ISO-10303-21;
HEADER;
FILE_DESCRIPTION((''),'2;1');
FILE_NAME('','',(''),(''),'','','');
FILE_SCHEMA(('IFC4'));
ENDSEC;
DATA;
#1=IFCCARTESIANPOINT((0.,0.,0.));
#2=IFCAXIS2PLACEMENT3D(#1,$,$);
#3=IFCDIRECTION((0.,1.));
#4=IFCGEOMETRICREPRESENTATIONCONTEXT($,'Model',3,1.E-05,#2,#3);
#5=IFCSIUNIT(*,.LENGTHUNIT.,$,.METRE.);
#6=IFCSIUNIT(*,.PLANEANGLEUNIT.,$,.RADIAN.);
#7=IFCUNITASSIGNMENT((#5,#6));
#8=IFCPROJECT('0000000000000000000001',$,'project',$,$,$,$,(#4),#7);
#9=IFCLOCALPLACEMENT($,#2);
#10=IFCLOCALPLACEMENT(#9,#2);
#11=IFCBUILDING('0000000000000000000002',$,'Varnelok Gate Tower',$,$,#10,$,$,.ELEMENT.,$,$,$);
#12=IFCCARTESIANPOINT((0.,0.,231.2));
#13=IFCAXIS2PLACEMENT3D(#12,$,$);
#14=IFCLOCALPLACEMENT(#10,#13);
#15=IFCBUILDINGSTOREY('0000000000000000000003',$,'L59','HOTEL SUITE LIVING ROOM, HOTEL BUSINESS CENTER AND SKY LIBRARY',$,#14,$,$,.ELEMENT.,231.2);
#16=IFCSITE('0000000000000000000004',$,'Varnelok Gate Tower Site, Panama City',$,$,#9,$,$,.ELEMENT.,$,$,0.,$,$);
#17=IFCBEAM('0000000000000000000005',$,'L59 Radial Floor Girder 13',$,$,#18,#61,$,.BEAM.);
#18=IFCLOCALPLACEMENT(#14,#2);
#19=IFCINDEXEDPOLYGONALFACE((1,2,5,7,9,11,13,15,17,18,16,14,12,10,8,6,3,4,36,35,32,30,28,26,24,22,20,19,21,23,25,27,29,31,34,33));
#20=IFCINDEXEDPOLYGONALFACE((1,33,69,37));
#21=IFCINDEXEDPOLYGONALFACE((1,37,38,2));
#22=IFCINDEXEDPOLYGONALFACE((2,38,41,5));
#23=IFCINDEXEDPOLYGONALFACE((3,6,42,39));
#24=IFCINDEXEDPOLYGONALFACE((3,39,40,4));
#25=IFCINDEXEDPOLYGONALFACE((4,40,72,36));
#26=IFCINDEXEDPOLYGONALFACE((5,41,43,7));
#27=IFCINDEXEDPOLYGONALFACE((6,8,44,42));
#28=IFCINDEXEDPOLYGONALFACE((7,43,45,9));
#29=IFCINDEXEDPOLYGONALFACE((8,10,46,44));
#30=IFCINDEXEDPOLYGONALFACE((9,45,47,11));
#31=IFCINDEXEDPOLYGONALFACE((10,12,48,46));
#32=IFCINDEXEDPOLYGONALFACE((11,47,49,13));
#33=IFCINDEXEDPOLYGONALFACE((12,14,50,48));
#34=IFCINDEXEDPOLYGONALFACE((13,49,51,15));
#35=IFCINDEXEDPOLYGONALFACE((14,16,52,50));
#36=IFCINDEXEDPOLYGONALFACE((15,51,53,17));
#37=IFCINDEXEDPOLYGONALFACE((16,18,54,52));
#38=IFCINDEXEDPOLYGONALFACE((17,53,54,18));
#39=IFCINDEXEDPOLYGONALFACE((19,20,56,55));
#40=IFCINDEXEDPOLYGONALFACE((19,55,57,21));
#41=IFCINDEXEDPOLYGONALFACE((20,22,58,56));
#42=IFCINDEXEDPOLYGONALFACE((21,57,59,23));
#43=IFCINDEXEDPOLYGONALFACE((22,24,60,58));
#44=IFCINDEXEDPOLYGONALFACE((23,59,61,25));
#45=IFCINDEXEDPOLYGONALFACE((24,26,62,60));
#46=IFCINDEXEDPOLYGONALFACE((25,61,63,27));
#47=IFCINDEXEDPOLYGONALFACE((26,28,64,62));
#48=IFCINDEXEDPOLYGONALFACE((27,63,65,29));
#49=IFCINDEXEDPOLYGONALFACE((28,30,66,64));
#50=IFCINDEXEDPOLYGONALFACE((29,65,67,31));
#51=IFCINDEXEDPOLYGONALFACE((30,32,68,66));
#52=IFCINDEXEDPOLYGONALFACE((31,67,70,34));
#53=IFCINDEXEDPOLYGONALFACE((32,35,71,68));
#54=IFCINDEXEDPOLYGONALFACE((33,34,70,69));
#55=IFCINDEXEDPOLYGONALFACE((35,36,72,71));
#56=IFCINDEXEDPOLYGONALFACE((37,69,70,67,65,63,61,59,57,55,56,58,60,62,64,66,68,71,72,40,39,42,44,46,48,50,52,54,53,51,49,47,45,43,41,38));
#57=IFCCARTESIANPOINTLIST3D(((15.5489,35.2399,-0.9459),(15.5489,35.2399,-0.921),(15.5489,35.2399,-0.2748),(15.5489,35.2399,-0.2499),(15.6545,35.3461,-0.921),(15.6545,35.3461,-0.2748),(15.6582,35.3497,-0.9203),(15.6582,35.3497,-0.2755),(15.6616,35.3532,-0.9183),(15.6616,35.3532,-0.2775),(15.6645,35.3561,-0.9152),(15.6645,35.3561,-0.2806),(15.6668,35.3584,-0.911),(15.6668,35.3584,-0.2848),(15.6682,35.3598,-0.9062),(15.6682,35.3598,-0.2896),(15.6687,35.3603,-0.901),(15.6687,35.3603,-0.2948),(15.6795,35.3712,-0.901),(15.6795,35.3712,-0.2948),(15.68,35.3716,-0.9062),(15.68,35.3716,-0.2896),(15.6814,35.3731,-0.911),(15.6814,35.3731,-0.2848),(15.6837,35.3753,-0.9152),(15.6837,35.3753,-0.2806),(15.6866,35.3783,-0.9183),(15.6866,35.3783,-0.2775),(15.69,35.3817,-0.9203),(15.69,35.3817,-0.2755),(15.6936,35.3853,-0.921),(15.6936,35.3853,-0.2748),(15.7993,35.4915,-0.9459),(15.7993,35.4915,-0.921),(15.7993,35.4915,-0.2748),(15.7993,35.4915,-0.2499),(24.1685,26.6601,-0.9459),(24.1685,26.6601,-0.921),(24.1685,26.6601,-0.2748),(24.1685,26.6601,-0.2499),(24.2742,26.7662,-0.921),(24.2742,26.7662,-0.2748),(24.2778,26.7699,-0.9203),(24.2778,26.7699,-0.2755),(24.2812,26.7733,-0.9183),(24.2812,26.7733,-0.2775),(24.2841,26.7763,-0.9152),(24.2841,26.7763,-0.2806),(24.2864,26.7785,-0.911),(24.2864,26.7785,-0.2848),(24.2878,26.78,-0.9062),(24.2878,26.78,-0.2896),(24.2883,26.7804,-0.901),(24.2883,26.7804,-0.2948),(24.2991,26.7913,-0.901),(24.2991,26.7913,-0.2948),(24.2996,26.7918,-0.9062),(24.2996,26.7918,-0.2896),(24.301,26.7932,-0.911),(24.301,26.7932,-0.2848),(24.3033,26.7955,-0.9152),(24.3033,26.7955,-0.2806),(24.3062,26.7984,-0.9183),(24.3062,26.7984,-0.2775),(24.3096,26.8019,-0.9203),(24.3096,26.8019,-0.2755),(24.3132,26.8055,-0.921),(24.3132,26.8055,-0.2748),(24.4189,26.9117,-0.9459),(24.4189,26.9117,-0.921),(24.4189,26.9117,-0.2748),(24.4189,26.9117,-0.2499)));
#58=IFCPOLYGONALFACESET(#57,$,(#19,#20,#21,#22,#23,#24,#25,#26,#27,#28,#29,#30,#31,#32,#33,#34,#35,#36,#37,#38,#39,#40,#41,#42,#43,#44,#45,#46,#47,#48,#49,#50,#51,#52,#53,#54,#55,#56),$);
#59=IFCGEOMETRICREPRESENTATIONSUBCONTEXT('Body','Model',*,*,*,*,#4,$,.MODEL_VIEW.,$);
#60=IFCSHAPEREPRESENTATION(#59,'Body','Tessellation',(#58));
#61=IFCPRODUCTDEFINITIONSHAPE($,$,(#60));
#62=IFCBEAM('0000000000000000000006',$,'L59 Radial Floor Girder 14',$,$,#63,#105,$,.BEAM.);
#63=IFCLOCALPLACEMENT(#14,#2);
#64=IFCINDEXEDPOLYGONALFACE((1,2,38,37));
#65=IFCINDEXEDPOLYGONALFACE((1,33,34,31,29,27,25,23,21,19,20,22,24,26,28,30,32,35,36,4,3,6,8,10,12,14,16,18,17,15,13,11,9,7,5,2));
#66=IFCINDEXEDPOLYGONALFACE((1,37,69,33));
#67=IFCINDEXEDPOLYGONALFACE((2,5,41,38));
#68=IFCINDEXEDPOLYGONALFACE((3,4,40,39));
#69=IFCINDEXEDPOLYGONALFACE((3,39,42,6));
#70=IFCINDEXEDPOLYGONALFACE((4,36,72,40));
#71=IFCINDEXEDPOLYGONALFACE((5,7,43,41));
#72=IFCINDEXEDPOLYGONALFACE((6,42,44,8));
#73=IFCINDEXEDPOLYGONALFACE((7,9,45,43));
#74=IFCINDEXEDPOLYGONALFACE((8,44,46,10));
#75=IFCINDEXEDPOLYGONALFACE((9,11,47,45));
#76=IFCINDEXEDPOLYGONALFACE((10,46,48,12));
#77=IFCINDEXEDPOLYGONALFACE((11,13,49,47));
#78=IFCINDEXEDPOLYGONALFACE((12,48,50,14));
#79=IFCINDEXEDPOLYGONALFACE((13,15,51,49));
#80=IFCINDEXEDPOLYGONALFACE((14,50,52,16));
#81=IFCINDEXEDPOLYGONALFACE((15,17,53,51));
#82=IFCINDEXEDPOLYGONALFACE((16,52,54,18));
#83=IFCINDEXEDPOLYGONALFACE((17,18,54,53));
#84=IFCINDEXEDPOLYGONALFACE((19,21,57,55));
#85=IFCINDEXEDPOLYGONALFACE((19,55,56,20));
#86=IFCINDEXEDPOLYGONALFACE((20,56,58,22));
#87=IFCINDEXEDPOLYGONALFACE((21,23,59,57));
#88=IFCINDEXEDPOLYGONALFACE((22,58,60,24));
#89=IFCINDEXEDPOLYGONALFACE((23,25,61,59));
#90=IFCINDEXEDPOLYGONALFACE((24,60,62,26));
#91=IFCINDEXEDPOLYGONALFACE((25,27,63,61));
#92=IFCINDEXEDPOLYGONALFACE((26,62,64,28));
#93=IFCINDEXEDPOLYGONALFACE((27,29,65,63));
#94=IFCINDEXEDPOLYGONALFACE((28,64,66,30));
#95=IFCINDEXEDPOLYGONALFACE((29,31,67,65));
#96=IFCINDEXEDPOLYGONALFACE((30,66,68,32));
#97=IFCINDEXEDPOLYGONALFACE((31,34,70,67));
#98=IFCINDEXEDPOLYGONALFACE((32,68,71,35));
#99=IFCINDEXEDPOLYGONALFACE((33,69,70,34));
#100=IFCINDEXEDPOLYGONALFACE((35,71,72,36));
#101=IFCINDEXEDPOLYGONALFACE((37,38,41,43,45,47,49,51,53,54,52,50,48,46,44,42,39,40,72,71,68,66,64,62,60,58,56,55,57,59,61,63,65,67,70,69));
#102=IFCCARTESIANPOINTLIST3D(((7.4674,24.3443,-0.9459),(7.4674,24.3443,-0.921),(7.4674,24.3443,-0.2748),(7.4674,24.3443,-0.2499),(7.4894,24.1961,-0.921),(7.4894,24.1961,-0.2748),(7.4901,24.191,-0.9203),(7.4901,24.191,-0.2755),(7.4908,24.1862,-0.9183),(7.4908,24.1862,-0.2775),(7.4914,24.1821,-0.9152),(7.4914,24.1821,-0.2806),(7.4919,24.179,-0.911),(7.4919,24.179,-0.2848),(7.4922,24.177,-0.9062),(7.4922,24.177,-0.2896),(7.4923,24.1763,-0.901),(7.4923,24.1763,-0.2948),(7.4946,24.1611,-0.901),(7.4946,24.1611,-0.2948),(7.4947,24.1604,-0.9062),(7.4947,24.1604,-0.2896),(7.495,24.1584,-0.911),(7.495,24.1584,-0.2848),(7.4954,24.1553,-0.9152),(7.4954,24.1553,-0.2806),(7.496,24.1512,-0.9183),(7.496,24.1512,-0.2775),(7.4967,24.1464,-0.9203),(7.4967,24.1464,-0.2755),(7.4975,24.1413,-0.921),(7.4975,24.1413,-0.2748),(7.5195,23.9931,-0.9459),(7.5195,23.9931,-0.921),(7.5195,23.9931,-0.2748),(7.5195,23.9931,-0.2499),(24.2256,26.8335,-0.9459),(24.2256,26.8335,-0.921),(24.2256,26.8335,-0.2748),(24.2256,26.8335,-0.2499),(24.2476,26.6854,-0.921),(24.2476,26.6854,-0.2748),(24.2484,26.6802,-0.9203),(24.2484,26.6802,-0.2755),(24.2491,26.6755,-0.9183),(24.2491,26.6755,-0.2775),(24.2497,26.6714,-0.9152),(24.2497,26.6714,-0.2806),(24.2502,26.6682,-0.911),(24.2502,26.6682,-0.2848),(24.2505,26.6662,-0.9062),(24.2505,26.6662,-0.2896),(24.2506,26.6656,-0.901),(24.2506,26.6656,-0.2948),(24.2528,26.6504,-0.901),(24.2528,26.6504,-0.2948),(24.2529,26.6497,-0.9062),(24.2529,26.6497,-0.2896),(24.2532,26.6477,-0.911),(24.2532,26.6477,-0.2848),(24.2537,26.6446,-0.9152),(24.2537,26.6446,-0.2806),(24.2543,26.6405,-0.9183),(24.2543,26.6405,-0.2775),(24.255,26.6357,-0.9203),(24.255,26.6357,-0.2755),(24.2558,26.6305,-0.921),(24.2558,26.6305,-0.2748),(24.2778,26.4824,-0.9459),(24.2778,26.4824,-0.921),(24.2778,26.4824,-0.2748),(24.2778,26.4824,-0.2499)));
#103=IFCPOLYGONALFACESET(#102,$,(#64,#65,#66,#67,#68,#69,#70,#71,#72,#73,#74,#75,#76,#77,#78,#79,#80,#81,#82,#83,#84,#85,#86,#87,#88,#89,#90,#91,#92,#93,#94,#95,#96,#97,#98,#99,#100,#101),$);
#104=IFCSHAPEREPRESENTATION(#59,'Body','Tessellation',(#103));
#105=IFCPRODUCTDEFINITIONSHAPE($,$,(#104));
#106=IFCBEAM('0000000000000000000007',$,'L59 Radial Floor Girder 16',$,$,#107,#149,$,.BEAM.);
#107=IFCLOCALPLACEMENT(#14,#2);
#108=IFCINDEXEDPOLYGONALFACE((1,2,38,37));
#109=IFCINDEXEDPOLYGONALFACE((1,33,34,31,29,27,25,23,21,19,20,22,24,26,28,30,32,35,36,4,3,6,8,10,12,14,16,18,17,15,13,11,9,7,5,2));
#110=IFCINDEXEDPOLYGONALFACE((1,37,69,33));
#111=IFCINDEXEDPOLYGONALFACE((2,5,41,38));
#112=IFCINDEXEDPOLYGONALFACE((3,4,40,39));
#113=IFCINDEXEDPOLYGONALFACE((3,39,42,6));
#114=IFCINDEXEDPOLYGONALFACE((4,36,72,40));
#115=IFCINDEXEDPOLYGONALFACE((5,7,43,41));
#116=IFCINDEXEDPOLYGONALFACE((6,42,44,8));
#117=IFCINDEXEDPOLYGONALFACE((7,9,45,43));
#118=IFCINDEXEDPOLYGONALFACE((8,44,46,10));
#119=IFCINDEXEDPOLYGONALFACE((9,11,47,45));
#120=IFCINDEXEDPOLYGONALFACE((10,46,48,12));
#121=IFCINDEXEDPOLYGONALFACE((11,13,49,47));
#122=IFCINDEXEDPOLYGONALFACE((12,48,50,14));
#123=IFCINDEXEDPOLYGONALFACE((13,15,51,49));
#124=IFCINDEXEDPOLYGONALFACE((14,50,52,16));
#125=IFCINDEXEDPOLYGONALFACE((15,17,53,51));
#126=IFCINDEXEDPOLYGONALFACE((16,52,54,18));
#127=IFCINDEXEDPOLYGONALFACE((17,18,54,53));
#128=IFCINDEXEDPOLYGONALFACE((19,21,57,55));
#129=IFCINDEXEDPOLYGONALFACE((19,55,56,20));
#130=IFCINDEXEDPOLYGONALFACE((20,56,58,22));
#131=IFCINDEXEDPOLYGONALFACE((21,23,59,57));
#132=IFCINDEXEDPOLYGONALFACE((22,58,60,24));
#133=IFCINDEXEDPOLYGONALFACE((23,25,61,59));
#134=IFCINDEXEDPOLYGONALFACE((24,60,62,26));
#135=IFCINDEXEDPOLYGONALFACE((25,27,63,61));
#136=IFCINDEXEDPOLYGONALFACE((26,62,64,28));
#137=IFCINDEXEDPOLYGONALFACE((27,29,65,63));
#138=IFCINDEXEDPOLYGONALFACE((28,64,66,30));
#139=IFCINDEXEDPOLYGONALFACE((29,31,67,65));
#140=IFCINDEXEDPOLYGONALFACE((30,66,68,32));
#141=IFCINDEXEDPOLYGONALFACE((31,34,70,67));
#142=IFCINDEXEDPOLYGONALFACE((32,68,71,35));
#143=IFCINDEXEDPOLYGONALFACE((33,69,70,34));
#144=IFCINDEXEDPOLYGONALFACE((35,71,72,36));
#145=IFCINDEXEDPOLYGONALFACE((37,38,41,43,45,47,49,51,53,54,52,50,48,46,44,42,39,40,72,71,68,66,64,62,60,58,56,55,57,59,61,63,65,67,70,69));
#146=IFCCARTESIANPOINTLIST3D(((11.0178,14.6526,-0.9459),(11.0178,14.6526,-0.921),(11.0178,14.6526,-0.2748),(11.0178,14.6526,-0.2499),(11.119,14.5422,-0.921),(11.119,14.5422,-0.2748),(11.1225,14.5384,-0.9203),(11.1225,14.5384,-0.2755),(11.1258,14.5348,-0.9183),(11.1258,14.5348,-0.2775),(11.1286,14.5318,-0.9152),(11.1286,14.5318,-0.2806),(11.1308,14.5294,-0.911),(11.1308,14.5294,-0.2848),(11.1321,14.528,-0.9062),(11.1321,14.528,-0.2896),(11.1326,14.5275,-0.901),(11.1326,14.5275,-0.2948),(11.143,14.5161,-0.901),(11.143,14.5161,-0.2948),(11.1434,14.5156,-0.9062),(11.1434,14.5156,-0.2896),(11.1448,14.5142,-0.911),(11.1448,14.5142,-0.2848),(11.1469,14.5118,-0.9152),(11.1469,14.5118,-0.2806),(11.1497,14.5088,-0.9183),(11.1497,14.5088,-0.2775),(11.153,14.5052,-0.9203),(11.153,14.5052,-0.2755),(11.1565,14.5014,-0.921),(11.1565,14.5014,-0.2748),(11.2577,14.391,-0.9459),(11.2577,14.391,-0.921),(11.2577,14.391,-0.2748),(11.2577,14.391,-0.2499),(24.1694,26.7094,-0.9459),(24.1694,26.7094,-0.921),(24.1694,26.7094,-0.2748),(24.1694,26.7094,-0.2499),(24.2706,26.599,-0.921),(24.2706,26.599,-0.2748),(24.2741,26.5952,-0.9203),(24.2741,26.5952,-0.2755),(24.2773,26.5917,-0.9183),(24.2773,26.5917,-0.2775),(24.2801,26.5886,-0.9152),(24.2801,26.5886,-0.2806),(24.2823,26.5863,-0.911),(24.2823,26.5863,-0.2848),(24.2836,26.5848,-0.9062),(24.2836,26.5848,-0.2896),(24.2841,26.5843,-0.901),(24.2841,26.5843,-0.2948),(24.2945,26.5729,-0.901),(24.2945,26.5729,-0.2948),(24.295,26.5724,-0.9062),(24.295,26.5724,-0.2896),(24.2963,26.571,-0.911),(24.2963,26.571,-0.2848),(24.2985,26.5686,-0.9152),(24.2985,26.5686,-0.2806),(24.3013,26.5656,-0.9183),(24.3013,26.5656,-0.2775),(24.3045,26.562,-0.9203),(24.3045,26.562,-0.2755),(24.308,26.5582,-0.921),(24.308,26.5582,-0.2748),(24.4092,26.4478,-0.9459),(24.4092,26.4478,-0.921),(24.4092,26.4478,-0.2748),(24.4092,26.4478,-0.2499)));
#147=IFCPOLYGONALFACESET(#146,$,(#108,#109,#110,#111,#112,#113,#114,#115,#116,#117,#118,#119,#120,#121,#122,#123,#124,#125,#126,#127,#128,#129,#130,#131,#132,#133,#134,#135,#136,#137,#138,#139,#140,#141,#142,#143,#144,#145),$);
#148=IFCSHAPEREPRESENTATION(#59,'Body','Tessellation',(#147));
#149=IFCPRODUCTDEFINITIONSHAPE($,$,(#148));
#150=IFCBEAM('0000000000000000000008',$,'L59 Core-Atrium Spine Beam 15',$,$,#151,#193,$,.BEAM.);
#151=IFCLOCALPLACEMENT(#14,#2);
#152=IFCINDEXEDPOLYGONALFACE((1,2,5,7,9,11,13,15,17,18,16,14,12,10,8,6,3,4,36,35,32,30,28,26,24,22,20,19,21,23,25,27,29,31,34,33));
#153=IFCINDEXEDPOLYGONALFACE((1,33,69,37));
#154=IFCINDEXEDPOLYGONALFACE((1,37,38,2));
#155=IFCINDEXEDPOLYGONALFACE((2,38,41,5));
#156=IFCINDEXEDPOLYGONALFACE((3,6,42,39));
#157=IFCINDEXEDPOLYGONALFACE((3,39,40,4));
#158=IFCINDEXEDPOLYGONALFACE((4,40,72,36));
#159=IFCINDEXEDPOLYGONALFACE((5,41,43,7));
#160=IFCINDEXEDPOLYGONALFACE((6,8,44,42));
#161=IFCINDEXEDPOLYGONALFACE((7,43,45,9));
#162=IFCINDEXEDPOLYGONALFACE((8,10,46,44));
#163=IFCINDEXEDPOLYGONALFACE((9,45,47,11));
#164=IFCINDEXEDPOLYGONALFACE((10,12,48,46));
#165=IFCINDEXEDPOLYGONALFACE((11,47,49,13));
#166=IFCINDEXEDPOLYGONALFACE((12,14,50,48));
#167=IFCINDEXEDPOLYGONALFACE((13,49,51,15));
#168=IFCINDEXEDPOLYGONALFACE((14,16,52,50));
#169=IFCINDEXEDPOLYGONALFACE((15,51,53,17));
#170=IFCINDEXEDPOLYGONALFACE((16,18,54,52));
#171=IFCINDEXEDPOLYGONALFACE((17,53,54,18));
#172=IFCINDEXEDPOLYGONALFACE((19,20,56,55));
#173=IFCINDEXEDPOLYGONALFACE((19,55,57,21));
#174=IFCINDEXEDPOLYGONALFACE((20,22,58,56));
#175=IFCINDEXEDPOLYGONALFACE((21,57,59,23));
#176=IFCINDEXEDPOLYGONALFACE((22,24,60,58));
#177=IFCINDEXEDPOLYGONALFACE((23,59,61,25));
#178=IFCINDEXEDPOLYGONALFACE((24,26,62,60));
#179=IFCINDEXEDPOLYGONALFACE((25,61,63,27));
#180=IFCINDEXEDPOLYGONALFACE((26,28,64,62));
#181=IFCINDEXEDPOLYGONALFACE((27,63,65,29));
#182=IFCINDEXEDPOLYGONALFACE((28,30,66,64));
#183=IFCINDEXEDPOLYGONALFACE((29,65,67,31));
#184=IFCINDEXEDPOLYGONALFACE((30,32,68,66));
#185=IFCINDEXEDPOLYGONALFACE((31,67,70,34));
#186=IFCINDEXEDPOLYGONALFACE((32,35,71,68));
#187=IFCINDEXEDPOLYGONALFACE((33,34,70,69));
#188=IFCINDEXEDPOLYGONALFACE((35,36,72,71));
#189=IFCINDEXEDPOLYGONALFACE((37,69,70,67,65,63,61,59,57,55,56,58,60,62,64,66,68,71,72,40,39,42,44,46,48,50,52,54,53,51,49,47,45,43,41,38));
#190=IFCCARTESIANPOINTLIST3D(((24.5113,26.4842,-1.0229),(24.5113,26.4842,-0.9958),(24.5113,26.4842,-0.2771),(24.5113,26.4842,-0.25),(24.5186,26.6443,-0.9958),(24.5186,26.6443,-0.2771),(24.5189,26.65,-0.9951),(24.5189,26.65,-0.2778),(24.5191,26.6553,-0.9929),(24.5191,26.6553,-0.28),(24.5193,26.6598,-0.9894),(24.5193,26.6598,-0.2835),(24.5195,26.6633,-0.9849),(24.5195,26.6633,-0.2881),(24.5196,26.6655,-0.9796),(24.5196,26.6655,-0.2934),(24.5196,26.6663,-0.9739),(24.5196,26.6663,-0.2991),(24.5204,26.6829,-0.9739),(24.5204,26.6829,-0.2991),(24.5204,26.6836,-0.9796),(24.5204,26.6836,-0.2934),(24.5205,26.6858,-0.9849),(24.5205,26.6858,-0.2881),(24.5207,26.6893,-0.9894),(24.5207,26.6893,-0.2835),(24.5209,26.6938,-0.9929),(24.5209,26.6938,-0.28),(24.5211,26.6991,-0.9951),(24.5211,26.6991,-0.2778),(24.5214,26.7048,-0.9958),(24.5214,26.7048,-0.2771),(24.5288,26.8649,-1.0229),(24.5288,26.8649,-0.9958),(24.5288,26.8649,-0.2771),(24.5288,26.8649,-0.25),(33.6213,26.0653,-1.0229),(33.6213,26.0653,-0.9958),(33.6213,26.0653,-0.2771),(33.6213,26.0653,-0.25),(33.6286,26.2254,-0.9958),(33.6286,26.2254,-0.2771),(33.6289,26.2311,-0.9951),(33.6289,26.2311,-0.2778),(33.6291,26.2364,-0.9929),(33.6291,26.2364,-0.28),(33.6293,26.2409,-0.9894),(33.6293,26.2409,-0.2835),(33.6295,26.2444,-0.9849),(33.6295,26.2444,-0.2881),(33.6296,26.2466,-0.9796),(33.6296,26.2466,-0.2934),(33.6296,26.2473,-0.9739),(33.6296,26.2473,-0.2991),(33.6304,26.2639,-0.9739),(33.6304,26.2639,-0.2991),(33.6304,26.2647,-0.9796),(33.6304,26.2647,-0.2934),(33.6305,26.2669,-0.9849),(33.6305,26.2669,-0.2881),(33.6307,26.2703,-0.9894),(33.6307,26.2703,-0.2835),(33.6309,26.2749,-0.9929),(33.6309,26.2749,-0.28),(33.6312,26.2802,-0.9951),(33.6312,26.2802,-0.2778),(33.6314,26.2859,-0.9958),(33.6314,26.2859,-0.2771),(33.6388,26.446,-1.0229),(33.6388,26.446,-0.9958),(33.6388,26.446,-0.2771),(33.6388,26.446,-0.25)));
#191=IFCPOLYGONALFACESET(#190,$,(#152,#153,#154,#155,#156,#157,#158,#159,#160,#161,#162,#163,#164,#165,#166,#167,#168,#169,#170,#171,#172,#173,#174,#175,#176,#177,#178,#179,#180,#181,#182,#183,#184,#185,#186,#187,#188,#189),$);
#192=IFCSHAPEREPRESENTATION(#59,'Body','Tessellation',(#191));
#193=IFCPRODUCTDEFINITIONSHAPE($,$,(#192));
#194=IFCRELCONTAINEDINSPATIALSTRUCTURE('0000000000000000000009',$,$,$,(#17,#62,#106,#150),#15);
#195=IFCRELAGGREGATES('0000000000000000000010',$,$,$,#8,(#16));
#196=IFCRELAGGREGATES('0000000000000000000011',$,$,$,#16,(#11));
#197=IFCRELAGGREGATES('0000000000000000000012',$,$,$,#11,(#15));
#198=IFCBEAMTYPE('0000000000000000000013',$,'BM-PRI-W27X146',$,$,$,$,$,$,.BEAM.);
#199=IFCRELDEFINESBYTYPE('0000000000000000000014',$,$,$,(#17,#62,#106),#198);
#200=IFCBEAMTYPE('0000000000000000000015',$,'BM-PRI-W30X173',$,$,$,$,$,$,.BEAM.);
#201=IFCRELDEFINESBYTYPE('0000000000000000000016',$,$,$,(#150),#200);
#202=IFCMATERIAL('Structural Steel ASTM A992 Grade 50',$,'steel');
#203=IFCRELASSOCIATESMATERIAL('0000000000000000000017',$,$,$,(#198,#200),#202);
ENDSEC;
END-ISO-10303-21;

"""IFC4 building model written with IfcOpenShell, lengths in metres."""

from ifc_helpers import new_model, si_unit, direction, frame, origin, origin_2d, place, context, subcontext, project, spatial, i_section, extrude, material, material_profile, profile_set, type_object, element, save


model = new_model("IFC4")

# Units and contexts
model_context = context("Model", 3, precision=1e-05, world=origin(), true_north=direction((0.0, 1.0)))
body_context = subcontext(model_context, "Body", "Model", "MODEL_VIEW")
ifc_project = project(units=[si_unit("LENGTHUNIT", "METRE"), si_unit("PLANEANGLEUNIT", "RADIAN")], contexts=[model_context])

# Site, building, storey
site_placement = place(None, origin())
site = spatial("IfcSite", under=ifc_project, at=site_placement, Name="Varnelok Gate Tower Site, Panama City", CompositionType="ELEMENT", RefElevation=0.0)
building_placement = place(site_placement, origin())
building = spatial("IfcBuilding", under=site, at=building_placement, Name="Varnelok Gate Tower", CompositionType="ELEMENT")
storey_placement = place(building_placement, frame((0.0, 0.0, 231.2)))
storey = spatial("IfcBuildingStorey", under=building, at=storey_placement, Name="L59", Description="HOTEL SUITE LIVING ROOM, HOTEL BUSINESS CENTER AND SKY LIBRARY", CompositionType="ELEMENT", Elevation=231.2)

# Shared definitions
ifc_material_1 = material(Name="Structural Steel ASTM A992 Grade 50", Category="steel")

# Beams
ifc_material_profile_1 = material_profile(ifc_material_1, i_section(OverallWidth=0.355, OverallDepth=0.696, WebThickness=0.0154, FlangeThickness=0.0249, FilletRadius=0.02, at=origin_2d()), Name="W27X146")
ifc_profile_set_1 = profile_set([ifc_material_profile_1], Name="Structural Steel ASTM A992 Grade 50")
beam_type_1 = type_object("IfcBeamType", Name="BM-PRI-W27X146", PredefinedType="BEAM", material=ifc_profile_set_1)
beam_1_placement = place(storey_placement, frame((24.2937, 26.7859, -0.5979), z_axis=(-0.708741, 0.705469, 0.0), x_axis=(-0.705469, -0.708741, 0.0)))
element("IfcBeam", 1, at=beam_1_placement, inside=storey, type_object=beam_type_1, Name="L59 Radial Floor Girder 13", PredefinedType="BEAM", context=body_context, shape_type="SweptSolid", body=[
    extrude(i_section(OverallWidth=0.355, OverallDepth=0.696, WebThickness=0.0154, FlangeThickness=0.0249, FilletRadius=0.02, at=origin_2d()), origin(), (0.0, 0.0, 1.0), 12.1619),
])
beam_2_placement = place(storey_placement, frame((24.2517, 26.658, -0.5979), z_axis=(-0.989147, -0.146927, 0.0), x_axis=(0.146927, -0.989147, 0.0)))
element("IfcBeam", 2, at=beam_2_placement, inside=storey, type_object=beam_type_1, Name="L59 Radial Floor Girder 14", PredefinedType="BEAM", context=body_context, shape_type="SweptSolid", body=[
    extrude(i_section(OverallWidth=0.355, OverallDepth=0.696, WebThickness=0.0154, FlangeThickness=0.0249, FilletRadius=0.02, at=origin_2d()), origin(), (0.0, 0.0, 1.0), 16.9421),
])
beam_3_placement = place(storey_placement, frame((24.2893, 26.5786, -0.5979), z_axis=(-0.737119, -0.675762, 0.0), x_axis=(0.675762, -0.737119, 0.0)))
element("IfcBeam", 3, at=beam_3_placement, inside=storey, type_object=beam_type_1, Name="L59 Radial Floor Girder 16", PredefinedType="BEAM", context=body_context, shape_type="SweptSolid", body=[
    extrude(i_section(OverallWidth=0.355, OverallDepth=0.696, WebThickness=0.0154, FlangeThickness=0.0249, FilletRadius=0.02, at=origin_2d()), origin(), (0.0, 0.0, 1.0), 17.8418),
])
ifc_material_profile_2 = material_profile(ifc_material_1, i_section(OverallWidth=0.3811, OverallDepth=0.7729, WebThickness=0.0166, FlangeThickness=0.0271, FilletRadius=0.022, at=origin_2d()), Name="W30X173")
ifc_profile_set_2 = profile_set([ifc_material_profile_2], Name="Structural Steel ASTM A992 Grade 50")
beam_type_2 = type_object("IfcBeamType", Name="BM-PRI-W30X173", PredefinedType="BEAM", material=ifc_profile_set_2)
beam_4_placement = place(storey_placement, frame((24.52, 26.6746, -0.6365), z_axis=(0.998944, -0.045938, 0.0), x_axis=(0.045938, 0.998944, 0.0)))
element("IfcBeam", 4, at=beam_4_placement, inside=storey, type_object=beam_type_2, Name="L59 Core-Atrium Spine Beam 15", PredefinedType="BEAM", context=body_context, shape_type="SweptSolid", body=[
    extrude(i_section(OverallWidth=0.3811, OverallDepth=0.7729, WebThickness=0.0166, FlangeThickness=0.0271, FilletRadius=0.022, at=origin_2d()), origin(), (0.0, 0.0, 1.0), 9.1196),
])

save(model, "model.ifc")
